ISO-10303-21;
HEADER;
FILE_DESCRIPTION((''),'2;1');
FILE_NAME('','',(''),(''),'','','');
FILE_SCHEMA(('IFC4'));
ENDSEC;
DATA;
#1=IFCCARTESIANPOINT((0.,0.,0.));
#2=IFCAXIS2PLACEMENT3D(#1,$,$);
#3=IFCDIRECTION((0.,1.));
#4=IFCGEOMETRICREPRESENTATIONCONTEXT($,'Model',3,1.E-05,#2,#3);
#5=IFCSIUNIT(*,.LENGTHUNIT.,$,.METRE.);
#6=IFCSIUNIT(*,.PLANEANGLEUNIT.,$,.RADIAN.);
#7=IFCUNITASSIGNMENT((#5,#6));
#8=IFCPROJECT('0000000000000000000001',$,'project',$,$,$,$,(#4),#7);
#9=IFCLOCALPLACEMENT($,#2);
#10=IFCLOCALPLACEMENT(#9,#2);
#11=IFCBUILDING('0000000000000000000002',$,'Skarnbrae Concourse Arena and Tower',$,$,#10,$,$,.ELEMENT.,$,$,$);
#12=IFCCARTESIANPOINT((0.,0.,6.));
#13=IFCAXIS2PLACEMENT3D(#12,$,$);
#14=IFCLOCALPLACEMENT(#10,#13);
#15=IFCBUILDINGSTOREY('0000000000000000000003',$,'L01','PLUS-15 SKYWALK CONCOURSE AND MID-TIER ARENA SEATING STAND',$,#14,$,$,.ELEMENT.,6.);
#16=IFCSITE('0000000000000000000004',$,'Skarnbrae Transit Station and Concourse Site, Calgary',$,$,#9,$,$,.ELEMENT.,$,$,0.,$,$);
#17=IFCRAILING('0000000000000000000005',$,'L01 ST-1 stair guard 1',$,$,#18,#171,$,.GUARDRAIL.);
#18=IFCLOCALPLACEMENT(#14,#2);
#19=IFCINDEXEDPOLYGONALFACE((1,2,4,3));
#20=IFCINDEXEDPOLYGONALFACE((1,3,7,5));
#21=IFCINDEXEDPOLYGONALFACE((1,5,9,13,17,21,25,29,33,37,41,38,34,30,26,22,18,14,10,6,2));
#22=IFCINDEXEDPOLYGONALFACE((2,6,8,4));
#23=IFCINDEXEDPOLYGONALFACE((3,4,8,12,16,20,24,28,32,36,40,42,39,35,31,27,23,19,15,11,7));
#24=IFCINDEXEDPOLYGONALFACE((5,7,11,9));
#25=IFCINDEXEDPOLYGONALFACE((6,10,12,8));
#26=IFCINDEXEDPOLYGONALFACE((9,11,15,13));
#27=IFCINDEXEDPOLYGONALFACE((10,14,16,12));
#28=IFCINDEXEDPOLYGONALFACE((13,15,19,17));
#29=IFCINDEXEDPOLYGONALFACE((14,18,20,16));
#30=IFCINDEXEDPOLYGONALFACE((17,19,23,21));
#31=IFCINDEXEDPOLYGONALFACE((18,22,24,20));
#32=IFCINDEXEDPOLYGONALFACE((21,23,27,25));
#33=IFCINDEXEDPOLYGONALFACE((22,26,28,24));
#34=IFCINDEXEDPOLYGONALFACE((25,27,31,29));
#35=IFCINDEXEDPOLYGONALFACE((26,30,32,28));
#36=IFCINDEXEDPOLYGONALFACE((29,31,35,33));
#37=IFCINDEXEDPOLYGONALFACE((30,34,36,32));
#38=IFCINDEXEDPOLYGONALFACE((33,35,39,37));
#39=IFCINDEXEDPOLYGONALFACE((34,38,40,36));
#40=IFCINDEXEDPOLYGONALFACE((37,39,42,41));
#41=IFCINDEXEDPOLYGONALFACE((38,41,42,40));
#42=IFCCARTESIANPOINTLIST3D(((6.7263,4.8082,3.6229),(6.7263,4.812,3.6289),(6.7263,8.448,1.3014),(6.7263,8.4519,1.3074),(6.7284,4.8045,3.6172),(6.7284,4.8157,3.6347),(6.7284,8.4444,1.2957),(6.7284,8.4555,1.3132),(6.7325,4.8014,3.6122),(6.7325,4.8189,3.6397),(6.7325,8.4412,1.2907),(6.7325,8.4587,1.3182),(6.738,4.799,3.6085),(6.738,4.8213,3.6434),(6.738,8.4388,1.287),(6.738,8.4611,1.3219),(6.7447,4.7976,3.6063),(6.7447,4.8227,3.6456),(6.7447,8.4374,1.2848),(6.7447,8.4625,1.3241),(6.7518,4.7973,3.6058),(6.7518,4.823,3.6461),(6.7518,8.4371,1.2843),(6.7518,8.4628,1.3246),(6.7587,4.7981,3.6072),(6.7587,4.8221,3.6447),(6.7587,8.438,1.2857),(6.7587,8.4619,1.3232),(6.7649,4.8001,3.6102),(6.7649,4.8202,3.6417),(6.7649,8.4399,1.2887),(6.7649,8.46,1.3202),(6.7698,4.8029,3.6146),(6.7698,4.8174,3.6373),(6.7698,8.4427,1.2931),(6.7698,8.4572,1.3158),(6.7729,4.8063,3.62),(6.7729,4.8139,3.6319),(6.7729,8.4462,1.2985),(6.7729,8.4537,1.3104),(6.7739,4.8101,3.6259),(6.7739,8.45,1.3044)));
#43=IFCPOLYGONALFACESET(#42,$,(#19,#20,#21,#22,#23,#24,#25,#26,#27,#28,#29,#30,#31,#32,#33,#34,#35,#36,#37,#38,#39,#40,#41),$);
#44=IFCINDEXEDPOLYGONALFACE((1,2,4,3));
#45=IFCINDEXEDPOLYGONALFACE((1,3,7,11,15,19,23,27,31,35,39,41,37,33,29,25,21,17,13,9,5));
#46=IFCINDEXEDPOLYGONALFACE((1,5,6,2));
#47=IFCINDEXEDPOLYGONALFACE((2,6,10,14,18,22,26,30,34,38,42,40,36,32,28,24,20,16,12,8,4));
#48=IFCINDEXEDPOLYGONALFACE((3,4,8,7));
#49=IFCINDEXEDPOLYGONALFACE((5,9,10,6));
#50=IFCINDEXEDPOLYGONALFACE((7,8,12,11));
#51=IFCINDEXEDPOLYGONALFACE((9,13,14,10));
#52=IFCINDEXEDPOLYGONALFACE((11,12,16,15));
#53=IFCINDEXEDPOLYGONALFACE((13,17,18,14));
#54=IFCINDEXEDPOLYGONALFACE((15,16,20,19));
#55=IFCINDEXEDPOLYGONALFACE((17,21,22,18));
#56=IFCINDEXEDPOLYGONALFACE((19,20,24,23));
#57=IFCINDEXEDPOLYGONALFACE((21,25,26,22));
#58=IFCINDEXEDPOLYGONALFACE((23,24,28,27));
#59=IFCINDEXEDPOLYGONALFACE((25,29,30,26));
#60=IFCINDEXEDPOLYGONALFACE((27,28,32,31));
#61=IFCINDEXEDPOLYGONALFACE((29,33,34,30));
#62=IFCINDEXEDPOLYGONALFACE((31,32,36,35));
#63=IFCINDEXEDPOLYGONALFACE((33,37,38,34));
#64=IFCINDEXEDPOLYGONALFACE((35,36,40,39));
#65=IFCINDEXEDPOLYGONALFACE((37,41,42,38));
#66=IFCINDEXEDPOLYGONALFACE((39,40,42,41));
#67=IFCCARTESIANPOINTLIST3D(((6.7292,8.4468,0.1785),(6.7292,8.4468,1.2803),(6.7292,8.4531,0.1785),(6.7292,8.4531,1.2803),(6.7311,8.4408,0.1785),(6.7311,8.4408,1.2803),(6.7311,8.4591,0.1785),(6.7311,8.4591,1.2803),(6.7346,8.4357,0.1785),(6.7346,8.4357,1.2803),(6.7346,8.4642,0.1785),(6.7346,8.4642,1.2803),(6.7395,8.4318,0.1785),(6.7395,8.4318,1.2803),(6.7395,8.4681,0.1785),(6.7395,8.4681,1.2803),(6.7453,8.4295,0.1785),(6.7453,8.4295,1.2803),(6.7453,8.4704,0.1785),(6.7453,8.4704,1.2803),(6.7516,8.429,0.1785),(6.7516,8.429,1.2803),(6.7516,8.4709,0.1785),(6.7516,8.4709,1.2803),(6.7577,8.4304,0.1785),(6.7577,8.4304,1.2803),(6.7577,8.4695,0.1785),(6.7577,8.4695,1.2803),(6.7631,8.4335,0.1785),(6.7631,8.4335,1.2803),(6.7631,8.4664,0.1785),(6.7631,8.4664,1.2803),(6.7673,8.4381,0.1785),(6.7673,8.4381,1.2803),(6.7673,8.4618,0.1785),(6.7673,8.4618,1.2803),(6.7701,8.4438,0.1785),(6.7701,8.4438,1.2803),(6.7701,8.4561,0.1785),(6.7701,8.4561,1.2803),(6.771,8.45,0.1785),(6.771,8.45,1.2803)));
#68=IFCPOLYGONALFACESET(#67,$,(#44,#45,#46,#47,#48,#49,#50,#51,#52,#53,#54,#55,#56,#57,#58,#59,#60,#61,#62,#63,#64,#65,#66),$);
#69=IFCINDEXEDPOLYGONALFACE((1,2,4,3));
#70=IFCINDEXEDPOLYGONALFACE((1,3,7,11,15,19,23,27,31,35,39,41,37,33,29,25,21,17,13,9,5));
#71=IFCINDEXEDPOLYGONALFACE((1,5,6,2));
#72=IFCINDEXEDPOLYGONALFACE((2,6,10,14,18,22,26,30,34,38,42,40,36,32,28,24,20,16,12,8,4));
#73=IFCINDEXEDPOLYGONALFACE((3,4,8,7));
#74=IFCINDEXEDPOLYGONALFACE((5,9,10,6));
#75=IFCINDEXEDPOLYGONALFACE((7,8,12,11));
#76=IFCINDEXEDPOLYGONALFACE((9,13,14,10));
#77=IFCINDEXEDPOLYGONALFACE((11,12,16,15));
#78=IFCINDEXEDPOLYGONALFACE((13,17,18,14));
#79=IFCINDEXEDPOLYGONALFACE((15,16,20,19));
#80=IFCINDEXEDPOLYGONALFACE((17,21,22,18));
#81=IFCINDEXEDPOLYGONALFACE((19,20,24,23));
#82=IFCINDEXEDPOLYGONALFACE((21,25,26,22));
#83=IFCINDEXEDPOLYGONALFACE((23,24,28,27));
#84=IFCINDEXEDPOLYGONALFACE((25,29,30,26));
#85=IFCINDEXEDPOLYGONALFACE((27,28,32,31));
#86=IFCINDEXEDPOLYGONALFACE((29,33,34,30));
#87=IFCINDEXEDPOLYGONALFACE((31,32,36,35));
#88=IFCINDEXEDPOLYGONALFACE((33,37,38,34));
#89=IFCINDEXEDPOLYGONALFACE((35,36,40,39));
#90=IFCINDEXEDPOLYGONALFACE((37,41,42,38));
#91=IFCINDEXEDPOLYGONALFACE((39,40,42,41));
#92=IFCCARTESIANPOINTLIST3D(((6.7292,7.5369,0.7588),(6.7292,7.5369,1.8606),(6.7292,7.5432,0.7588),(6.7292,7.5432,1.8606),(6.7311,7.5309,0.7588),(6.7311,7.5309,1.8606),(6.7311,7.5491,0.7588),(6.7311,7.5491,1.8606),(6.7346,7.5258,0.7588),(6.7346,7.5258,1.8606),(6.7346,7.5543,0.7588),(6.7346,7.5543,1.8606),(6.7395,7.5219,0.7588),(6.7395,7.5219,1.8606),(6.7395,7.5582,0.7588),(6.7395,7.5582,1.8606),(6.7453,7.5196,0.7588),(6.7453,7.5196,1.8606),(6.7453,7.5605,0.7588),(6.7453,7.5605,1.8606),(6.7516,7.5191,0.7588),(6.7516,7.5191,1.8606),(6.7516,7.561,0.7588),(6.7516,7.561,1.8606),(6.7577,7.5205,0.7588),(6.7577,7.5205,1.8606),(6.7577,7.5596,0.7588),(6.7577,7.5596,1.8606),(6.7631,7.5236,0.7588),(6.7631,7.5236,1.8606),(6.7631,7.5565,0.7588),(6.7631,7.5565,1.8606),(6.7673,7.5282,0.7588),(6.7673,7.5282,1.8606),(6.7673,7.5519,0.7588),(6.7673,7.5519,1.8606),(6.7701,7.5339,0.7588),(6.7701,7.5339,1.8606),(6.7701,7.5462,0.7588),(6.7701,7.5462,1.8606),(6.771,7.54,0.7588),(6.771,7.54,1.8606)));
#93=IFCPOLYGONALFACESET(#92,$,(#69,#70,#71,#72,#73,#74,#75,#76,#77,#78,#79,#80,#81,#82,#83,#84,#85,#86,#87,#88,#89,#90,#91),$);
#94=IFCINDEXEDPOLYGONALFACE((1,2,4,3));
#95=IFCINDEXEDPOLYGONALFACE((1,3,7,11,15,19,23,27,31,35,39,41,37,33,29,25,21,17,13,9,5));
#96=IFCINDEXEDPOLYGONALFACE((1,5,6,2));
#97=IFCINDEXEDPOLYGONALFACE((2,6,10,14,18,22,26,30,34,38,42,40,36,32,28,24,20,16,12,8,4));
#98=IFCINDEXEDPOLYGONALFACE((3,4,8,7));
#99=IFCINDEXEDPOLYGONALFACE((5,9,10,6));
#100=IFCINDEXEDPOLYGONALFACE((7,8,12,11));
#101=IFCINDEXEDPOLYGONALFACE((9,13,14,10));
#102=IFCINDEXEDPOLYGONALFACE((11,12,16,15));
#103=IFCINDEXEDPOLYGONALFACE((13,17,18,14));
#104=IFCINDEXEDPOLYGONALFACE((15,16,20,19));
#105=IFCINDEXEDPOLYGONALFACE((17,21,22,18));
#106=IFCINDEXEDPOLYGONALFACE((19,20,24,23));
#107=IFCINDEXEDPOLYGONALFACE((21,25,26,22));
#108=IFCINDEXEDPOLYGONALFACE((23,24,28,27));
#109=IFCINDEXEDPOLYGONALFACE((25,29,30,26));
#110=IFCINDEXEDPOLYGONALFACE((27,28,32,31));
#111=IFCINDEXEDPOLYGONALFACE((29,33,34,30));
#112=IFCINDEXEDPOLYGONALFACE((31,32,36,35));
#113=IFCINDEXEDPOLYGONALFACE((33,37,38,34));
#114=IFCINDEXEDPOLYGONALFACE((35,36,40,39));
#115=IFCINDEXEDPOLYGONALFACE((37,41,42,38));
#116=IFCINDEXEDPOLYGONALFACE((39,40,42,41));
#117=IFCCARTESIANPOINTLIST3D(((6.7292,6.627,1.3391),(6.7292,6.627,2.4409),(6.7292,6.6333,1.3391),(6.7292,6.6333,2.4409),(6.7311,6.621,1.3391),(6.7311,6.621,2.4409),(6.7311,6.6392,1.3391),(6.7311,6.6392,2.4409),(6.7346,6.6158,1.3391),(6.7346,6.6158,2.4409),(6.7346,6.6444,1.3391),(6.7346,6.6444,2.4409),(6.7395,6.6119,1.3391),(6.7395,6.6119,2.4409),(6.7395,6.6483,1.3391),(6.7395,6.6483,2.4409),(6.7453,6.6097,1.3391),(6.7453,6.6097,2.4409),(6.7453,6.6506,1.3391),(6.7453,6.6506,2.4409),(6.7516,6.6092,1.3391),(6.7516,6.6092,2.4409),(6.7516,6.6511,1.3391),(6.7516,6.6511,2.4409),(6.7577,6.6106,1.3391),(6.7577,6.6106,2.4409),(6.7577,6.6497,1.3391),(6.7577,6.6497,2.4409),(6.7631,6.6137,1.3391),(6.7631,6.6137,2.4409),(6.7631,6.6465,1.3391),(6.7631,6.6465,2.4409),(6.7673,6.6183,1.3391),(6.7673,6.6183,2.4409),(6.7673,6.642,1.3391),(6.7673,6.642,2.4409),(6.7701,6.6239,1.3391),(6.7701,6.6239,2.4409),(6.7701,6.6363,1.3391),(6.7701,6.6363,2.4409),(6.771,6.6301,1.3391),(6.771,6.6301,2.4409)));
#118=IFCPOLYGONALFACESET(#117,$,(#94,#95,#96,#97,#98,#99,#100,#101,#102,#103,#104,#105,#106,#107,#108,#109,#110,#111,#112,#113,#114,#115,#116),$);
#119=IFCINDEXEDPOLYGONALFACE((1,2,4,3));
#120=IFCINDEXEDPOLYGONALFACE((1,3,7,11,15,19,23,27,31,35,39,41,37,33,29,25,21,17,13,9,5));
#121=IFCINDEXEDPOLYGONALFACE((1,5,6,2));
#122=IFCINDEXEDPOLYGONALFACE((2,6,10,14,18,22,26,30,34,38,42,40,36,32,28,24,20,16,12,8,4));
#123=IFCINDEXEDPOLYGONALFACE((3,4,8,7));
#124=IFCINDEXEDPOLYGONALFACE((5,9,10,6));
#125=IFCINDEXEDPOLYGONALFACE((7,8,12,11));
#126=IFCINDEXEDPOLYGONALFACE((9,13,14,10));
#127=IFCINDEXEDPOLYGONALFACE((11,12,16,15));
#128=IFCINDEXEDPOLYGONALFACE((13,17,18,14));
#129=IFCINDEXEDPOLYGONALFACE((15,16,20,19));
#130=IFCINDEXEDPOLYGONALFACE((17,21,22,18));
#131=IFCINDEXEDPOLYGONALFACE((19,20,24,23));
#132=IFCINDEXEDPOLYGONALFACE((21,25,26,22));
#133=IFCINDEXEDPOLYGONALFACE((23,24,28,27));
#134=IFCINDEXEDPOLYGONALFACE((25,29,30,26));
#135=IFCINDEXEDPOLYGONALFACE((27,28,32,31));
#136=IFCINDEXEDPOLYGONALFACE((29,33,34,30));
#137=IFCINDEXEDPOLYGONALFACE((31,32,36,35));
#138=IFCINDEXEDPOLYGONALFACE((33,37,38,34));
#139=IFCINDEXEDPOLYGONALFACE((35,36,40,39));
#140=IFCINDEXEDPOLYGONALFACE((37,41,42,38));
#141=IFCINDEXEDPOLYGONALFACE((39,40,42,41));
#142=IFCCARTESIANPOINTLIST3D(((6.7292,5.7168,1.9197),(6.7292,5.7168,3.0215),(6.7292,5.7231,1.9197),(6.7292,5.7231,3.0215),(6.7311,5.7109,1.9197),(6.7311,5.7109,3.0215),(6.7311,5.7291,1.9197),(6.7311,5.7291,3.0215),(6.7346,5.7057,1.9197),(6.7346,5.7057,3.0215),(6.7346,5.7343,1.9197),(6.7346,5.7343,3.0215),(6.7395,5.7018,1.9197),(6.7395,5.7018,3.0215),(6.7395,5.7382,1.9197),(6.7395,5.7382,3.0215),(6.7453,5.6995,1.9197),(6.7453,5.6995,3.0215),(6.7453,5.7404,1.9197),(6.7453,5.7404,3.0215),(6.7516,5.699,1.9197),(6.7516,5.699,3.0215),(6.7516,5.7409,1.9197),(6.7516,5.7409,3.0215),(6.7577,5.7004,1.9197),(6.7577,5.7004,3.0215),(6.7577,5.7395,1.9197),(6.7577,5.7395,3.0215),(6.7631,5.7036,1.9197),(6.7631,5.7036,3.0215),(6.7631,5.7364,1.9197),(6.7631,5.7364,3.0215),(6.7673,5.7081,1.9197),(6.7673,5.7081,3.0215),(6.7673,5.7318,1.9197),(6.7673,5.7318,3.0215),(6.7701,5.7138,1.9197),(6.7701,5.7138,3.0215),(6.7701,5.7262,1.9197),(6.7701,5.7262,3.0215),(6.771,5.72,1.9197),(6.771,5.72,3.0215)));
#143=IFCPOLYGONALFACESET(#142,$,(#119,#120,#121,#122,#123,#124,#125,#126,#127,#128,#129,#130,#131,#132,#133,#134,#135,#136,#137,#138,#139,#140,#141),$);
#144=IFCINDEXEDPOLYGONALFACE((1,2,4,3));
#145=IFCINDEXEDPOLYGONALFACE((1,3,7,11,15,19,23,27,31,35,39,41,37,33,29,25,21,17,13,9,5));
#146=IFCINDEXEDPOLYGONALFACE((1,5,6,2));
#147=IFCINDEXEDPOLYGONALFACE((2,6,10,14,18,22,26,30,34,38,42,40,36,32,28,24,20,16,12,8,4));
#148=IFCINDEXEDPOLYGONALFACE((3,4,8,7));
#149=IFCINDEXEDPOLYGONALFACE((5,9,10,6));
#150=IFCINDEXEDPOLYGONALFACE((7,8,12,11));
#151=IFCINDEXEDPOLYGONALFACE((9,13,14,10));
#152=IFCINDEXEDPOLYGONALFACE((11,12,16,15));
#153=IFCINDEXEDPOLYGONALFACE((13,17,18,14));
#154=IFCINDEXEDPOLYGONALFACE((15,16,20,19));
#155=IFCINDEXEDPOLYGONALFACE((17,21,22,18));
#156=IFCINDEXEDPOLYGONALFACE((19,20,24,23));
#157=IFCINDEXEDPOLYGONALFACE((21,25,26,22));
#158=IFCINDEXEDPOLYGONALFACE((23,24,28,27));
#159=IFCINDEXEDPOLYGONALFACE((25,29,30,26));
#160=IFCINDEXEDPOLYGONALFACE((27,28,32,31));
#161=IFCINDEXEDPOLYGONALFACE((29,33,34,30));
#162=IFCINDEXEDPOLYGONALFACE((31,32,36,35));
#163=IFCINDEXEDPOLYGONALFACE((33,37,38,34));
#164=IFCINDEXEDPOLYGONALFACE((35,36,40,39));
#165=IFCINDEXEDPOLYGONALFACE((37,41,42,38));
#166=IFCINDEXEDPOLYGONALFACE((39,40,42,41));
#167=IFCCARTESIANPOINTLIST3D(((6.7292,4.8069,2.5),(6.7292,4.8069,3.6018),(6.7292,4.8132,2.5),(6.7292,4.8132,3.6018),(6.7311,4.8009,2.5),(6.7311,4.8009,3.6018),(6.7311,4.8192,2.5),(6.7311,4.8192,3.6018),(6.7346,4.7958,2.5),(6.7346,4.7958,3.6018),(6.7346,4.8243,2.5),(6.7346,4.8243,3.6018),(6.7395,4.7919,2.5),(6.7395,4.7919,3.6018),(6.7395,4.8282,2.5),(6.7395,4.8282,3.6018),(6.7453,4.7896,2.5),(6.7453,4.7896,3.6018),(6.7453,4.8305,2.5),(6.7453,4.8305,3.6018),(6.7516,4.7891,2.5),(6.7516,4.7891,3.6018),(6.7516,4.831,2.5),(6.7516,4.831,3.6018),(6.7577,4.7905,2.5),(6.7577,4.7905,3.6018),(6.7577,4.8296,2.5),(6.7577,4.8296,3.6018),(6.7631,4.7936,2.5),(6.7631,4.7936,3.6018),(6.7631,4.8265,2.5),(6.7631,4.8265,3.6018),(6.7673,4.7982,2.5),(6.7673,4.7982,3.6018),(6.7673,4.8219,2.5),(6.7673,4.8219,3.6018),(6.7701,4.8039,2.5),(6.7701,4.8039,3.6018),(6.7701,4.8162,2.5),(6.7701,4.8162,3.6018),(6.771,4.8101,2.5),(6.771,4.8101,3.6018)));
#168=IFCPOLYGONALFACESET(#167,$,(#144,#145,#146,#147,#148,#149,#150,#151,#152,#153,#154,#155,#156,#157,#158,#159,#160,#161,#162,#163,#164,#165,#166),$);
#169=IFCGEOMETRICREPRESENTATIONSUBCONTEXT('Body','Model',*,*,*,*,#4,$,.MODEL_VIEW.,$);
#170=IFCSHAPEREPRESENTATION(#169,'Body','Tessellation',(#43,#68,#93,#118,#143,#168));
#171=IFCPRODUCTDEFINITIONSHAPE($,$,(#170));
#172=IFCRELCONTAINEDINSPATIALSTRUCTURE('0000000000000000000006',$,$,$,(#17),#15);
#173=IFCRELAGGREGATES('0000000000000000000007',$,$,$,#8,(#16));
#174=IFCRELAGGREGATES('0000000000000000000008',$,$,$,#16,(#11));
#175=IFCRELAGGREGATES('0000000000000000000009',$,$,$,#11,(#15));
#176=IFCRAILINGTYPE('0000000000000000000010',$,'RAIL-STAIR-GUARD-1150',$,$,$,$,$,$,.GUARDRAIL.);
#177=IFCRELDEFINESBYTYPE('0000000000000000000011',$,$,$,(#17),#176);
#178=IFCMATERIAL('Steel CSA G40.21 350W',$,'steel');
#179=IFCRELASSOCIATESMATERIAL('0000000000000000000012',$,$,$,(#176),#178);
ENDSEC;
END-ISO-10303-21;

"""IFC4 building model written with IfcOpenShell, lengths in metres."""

from ifc_helpers import new_model, si_unit, direction, frame, origin, origin_2d, place, context, subcontext, project, spatial, circle, extrude, material, type_object, element, save


model = new_model("IFC4")

# Units and contexts
model_context = context("Model", 3, precision=1e-05, world=origin(), true_north=direction((0.0, 1.0)))
body_context = subcontext(model_context, "Body", "Model", "MODEL_VIEW")
ifc_project = project(units=[si_unit("LENGTHUNIT", "METRE"), si_unit("PLANEANGLEUNIT", "RADIAN")], contexts=[model_context])

# Site, building, storey
site_placement = place(None, origin())
site = spatial("IfcSite", under=ifc_project, at=site_placement, Name="Skarnbrae Transit Station and Concourse Site, Calgary", CompositionType="ELEMENT", RefElevation=0.0)
building_placement = place(site_placement, origin())
building = spatial("IfcBuilding", under=site, at=building_placement, Name="Skarnbrae Concourse Arena and Tower", CompositionType="ELEMENT")
storey_placement = place(building_placement, frame((0.0, 0.0, 6.0)))
storey = spatial("IfcBuildingStorey", under=building, at=storey_placement, Name="L01", Description="PLUS-15 SKYWALK CONCOURSE AND MID-TIER ARENA SEATING STAND", CompositionType="ELEMENT", Elevation=6.0)

# Shared definitions
ifc_material_1 = material(Name="Steel CSA G40.21 350W", Category="steel")

# Railing
railing_type_1 = type_object("IfcRailingType", Name="RAIL-STAIR-GUARD-1150", PredefinedType="GUARDRAIL", material=ifc_material_1)
railing_1_placement = place(storey_placement, frame((6.75, 8.45, 0.1785)))
element("IfcRailing", 1, at=railing_1_placement, inside=storey, type_object=railing_type_1, Name="L01 ST-1 stair guard 1", PredefinedType="GUARDRAIL", context=body_context, shape_type="SweptSolid", body=[
    extrude(circle(Radius=0.0239, at=origin_2d()), frame((0.0, 0.0, 1.126), z_axis=(0.0, -0.843112, 0.537739), x_axis=(1.0, 0.0, 0.0)), (0.0, 0.0, 1.0), 4.3171),
    extrude(circle(Radius=0.021, at=origin_2d()), origin(), (0.0, 0.0, 1.0), 1.1018),
    extrude(circle(Radius=0.021, at=origin_2d()), frame((0.0, -0.9099, 0.5803)), (0.0, 0.0, 1.0), 1.1018),
    extrude(circle(Radius=0.021, at=origin_2d()), frame((0.0, -1.8198, 1.1606)), (0.0, 0.0, 1.0), 1.1018),
    extrude(circle(Radius=0.021, at=origin_2d()), frame((0.0, -2.73, 1.7412)), (0.0, 0.0, 1.0), 1.1018),
    extrude(circle(Radius=0.021, at=origin_2d()), frame((0.0, -3.6399, 2.3215)), (0.0, 0.0, 1.0), 1.1018),
])

save(model, "model.ifc")
